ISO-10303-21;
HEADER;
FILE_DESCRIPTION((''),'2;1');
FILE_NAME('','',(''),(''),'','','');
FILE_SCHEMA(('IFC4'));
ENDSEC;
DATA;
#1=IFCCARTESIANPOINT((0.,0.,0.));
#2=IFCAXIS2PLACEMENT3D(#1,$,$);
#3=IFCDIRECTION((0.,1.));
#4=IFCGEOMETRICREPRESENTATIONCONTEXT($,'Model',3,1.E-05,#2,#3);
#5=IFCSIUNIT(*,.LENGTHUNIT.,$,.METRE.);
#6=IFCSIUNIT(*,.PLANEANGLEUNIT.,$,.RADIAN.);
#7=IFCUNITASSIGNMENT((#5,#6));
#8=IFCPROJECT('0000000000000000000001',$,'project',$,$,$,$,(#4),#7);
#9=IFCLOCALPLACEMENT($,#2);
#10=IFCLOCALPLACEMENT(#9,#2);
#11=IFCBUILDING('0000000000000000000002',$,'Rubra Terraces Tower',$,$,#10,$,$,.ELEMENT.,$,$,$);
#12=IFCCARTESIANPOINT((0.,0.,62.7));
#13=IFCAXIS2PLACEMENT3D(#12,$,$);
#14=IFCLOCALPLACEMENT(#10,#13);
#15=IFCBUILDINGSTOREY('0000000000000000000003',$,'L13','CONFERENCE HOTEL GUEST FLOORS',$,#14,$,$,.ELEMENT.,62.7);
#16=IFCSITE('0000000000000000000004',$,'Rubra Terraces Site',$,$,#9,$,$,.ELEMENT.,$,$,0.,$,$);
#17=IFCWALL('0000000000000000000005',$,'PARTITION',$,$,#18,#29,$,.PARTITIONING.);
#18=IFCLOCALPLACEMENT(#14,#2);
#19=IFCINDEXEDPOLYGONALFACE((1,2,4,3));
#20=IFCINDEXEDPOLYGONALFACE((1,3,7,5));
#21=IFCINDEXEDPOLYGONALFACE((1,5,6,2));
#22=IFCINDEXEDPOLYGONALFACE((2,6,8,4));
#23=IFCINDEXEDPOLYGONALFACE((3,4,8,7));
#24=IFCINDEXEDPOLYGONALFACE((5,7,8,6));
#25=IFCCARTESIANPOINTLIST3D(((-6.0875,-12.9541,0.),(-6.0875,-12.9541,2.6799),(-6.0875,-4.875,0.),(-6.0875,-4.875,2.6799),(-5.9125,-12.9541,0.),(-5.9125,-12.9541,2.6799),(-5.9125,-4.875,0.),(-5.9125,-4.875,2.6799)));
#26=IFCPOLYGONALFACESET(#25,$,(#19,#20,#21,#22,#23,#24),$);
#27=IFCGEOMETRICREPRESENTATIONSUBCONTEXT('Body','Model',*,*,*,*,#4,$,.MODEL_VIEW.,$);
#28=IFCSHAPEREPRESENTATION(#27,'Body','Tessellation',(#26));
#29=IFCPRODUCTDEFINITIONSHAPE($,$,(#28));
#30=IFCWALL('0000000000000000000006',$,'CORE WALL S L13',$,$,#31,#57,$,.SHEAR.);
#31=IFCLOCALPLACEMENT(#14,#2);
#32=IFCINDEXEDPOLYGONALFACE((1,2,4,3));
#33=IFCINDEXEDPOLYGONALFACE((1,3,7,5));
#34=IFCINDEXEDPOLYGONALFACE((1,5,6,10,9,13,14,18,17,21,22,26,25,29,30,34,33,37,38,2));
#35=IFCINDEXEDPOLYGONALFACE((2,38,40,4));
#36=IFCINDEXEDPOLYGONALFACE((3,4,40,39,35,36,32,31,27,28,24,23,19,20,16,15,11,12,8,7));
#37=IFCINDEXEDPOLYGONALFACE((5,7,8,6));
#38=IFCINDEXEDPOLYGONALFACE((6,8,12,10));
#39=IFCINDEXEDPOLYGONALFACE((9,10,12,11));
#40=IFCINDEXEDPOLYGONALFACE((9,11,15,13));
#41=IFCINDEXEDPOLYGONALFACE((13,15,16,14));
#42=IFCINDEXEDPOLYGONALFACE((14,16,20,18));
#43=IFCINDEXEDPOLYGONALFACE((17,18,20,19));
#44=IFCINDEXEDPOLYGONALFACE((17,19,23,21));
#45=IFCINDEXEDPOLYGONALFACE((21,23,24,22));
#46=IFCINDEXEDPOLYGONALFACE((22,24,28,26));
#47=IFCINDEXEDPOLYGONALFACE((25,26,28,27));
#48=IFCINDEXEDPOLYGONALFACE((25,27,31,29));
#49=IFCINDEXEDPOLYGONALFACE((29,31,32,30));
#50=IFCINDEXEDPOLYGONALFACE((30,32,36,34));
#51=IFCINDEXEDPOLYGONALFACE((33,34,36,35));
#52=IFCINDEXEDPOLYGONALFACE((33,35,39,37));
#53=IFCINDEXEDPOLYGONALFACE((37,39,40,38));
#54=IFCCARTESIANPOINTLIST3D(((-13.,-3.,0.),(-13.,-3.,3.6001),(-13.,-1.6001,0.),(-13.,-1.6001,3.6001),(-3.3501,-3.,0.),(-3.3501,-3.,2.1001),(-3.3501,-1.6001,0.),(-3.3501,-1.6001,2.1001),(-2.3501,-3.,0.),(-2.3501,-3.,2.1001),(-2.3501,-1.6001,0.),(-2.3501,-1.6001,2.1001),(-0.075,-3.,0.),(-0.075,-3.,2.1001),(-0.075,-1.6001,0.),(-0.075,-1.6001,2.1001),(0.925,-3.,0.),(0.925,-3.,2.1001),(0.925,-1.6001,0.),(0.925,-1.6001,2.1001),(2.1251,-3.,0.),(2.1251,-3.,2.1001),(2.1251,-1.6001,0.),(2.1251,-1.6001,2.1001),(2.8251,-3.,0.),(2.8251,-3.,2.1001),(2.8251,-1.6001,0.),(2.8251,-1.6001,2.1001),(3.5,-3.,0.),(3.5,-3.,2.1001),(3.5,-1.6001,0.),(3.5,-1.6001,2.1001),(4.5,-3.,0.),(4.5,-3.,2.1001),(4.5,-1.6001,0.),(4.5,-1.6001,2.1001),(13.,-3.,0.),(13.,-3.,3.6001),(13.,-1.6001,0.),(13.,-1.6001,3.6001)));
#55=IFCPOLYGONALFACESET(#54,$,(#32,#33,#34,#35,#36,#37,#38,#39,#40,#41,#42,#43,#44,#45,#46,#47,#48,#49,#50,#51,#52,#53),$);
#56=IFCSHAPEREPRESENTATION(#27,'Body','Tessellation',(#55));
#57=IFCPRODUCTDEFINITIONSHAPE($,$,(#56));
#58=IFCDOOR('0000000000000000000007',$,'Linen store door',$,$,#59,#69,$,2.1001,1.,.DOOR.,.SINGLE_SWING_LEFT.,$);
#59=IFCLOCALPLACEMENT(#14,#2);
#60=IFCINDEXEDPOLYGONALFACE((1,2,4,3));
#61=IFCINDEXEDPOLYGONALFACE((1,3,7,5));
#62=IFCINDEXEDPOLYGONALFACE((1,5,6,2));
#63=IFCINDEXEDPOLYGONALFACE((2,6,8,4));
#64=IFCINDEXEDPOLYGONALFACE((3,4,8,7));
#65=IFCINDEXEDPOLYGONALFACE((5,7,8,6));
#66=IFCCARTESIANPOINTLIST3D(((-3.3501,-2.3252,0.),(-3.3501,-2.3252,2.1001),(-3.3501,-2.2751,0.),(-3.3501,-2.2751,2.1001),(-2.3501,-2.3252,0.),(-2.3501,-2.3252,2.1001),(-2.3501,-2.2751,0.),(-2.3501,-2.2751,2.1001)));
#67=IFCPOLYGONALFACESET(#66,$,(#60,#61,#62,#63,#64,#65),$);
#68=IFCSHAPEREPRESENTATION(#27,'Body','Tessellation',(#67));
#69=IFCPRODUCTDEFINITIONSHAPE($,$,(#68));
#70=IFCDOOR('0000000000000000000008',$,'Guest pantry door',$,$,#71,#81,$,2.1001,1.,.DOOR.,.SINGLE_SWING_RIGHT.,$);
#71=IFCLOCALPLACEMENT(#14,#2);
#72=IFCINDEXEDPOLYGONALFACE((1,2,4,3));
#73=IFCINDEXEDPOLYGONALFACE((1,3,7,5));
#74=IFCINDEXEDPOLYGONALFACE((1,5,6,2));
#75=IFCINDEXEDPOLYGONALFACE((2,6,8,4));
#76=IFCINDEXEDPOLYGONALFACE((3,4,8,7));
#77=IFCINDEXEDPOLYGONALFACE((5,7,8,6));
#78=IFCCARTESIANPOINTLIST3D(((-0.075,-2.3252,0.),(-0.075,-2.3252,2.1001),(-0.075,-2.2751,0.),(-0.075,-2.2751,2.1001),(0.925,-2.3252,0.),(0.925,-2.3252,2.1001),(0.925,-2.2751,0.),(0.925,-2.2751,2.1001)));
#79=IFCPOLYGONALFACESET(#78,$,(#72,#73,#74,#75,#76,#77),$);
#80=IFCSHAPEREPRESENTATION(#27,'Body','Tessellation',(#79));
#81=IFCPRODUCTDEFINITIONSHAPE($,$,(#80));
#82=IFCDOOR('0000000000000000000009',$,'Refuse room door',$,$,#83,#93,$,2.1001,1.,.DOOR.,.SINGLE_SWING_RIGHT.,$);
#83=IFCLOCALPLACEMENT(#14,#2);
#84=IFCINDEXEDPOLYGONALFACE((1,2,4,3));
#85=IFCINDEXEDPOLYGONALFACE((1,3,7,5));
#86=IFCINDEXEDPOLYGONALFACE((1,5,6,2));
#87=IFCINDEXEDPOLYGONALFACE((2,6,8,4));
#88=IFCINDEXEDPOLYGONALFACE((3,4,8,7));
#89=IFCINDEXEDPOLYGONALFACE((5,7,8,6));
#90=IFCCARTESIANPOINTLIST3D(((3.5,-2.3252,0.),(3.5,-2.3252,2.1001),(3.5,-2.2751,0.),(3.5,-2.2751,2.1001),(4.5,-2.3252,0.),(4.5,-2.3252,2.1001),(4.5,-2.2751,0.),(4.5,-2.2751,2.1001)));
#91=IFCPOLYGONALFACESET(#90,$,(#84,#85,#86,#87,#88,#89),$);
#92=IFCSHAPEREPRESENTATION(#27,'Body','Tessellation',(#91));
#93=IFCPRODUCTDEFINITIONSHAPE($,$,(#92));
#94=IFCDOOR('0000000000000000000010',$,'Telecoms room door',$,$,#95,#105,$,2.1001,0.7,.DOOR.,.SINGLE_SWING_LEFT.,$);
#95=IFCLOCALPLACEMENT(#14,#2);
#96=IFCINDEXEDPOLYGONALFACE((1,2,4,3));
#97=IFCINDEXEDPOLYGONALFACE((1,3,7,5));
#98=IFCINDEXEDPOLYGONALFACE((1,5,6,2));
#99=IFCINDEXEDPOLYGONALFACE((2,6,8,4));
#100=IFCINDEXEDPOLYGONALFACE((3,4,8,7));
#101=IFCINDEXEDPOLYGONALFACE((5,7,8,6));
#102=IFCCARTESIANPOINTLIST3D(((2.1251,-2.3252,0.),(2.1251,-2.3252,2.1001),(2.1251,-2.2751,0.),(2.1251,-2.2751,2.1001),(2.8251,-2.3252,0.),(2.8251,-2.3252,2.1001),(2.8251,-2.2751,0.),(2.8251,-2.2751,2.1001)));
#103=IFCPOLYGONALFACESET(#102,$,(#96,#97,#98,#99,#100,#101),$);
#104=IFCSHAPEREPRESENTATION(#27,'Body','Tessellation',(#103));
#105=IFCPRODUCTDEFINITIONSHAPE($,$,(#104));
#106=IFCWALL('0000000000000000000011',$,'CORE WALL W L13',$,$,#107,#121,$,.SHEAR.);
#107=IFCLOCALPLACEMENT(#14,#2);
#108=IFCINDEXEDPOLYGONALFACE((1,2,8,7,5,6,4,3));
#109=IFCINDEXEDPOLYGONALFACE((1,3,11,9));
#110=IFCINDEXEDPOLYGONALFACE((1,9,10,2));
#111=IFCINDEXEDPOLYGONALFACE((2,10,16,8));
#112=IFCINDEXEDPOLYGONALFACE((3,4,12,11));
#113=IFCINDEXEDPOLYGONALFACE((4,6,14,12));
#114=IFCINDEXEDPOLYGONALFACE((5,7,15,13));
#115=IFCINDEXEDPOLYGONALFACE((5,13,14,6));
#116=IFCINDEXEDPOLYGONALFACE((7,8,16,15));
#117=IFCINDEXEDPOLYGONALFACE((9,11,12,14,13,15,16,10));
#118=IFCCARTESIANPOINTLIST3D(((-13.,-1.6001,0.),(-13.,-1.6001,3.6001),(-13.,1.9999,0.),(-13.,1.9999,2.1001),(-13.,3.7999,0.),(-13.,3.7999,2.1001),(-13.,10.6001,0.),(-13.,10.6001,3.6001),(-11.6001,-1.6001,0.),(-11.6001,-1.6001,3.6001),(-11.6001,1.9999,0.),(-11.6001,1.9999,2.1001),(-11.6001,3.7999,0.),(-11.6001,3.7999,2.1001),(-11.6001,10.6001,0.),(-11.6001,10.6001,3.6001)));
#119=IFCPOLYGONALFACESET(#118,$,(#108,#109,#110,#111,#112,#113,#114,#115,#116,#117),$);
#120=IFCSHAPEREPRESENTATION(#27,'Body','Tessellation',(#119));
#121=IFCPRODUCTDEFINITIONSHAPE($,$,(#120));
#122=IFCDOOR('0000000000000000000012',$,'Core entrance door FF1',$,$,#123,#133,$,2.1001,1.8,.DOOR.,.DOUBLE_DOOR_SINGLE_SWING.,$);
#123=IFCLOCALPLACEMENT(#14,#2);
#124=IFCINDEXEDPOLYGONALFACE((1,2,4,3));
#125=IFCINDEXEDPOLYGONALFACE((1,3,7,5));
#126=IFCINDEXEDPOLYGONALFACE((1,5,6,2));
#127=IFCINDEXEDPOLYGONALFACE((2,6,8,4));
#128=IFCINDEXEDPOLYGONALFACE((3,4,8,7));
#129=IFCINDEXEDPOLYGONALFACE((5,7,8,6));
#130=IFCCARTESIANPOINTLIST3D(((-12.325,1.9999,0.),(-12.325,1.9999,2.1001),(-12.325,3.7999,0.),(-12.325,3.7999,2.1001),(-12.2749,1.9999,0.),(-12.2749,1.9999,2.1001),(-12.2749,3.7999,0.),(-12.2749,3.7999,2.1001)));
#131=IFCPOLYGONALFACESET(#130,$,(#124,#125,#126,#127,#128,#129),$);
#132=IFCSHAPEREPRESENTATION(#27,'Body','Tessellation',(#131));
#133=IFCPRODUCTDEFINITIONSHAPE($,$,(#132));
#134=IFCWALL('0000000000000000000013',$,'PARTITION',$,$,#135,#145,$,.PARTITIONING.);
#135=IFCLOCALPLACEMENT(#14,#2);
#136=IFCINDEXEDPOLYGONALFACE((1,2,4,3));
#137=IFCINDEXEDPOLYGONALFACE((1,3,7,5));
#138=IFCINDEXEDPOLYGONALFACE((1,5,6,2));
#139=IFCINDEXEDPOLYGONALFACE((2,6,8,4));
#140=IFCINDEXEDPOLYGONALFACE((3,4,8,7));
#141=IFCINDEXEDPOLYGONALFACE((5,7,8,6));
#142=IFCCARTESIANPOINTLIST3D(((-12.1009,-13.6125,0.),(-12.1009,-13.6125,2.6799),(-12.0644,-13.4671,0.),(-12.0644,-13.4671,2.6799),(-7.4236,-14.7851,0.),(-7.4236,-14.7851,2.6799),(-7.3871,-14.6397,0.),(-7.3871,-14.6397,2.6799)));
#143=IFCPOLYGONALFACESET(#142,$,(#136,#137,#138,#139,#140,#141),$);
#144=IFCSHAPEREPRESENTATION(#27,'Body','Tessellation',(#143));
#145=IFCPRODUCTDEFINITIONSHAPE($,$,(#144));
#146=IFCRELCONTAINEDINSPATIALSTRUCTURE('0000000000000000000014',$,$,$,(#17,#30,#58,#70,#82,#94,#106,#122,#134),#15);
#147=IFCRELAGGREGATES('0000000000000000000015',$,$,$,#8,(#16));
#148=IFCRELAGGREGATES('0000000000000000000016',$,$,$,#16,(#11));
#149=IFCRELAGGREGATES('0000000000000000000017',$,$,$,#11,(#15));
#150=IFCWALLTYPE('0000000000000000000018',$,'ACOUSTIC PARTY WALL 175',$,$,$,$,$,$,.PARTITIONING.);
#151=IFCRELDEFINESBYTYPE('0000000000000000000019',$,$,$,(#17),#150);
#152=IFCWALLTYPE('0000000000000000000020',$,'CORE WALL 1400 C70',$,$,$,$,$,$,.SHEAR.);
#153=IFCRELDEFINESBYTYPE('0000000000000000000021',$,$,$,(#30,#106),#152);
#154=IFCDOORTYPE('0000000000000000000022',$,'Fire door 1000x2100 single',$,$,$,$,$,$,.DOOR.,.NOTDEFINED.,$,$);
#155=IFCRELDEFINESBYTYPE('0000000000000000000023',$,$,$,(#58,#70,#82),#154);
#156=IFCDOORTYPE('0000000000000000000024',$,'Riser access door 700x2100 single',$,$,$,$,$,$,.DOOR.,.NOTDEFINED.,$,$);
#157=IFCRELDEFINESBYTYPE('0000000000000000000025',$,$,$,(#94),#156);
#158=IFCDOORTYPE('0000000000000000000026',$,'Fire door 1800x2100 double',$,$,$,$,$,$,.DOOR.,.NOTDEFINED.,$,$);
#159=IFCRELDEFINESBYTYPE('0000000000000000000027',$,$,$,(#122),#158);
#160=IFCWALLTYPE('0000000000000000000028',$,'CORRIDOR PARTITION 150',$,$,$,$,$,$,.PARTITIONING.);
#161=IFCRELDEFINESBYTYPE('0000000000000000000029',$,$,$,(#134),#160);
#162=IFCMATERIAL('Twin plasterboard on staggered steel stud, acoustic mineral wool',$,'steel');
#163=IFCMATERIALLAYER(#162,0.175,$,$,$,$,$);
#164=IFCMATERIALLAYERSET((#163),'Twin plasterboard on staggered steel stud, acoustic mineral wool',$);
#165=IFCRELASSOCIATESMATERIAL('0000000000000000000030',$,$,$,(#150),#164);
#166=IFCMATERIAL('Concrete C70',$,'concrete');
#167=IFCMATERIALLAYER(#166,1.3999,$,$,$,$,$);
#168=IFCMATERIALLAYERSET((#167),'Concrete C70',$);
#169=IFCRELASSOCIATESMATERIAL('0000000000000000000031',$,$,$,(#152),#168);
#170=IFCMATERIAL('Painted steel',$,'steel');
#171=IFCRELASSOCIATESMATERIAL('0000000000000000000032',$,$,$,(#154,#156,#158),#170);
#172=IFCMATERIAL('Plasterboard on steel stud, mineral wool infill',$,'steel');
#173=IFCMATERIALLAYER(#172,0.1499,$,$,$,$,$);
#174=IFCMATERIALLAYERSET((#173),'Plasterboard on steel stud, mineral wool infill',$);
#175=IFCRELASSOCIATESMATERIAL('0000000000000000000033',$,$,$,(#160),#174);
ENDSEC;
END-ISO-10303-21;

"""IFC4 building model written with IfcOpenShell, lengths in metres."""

from ifc_helpers import new_model, si_unit, direction, frame, frame_2d, origin, place, context, subcontext, project, spatial, rectangle, extrude, material, layer, layer_set, type_object, element, fill, save


model = new_model("IFC4")

# Units and contexts
model_context = context("Model", 3, precision=1e-05, world=origin(), true_north=direction((0.0, 1.0)))
body_context = subcontext(model_context, "Body", "Model", "MODEL_VIEW")
ifc_project = project(units=[si_unit("LENGTHUNIT", "METRE"), si_unit("PLANEANGLEUNIT", "RADIAN")], contexts=[model_context])

# Site, building, storey
site_placement = place(None, origin())
site = spatial("IfcSite", under=ifc_project, at=site_placement, Name="Rubra Terraces Site", CompositionType="ELEMENT", RefElevation=0.0)
building_placement = place(site_placement, origin())
building = spatial("IfcBuilding", under=site, at=building_placement, Name="Rubra Terraces Tower", CompositionType="ELEMENT")
storey_placement = place(building_placement, frame((0.0, 0.0, 62.7)))
storey = spatial("IfcBuildingStorey", under=building, at=storey_placement, Name="L13", Description="CONFERENCE HOTEL GUEST FLOORS", CompositionType="ELEMENT", Elevation=62.7)

# Wall
ifc_material_1 = material(Name="Twin plasterboard on staggered steel stud, acoustic mineral wool", Category="steel")
ifc_layer_1 = layer(ifc_material_1, 0.175)
ifc_layer_set_1 = layer_set([ifc_layer_1], Name="Twin plasterboard on staggered steel stud, acoustic mineral wool")
wall_type_1 = type_object("IfcWallType", Name="ACOUSTIC PARTY WALL 175", PredefinedType="PARTITIONING", material=ifc_layer_set_1)
wall_1_placement = place(storey_placement, frame((-6.0, -12.9541, 0.0), z_axis=(0.0, 0.0, 1.0), x_axis=(0.0, 1.0, 0.0)))
element("IfcWall", 1, at=wall_1_placement, inside=storey, type_object=wall_type_1, Name="PARTITION", PredefinedType="PARTITIONING", context=body_context, shape_type="SweptSolid", body=[
    extrude(rectangle(XDim=8.0791, YDim=0.175, at=frame_2d((4.0396, 0.0))), origin(), (0.0, 0.0, 1.0), 2.6799),
])

# Wall, openings, doors
ifc_material_2 = material(Name="Concrete C70", Category="concrete")
ifc_layer_2 = layer(ifc_material_2, 1.3999)
ifc_layer_set_2 = layer_set([ifc_layer_2], Name="Concrete C70")
wall_type_2 = type_object("IfcWallType", Name="CORE WALL 1400 C70", PredefinedType="SHEAR", material=ifc_layer_set_2)
wall_2_placement = place(storey_placement, frame((-13.0, -2.3, 0.0), z_axis=(0.0, 0.0, 1.0), x_axis=(1.0, 0.0, 0.0)))
wall_2 = element("IfcWall", 2, at=wall_2_placement, inside=storey, type_object=wall_type_2, Name="CORE WALL S L13", PredefinedType="SHEAR", context=body_context, shape_type="SweptSolid", body=[
    extrude(rectangle(XDim=26.0, YDim=1.3999, at=frame_2d((13.0, 0.0))), origin(), (0.0, 0.0, 1.0), 3.6001),
])
opening_1_placement = place(wall_2_placement, frame((9.6499, 0.0, 0.0)))
opening_1 = element("IfcOpeningElement", 3, at=opening_1_placement, cuts=wall_2, PredefinedType="OPENING", context=body_context, shape_type="SweptSolid", body=[
    extrude(rectangle(XDim=1.0, YDim=2.1001, at=frame_2d((0.5, 1.05))), frame((0.0, 0.71, 0.0), z_axis=(0.0, -1.0, 0.0), x_axis=(1.0, 0.0, 0.0)), (0.0, 0.0, 1.0), 1.4199),
])
opening_2_placement = place(wall_2_placement, frame((12.925, 0.0, 0.0)))
opening_2 = element("IfcOpeningElement", 4, at=opening_2_placement, cuts=wall_2, PredefinedType="OPENING", context=body_context, shape_type="SweptSolid", body=[
    extrude(rectangle(XDim=1.0, YDim=2.1001, at=frame_2d((0.5, 1.05))), frame((0.0, 0.71, 0.0), z_axis=(0.0, -1.0, 0.0), x_axis=(1.0, 0.0, 0.0)), (0.0, 0.0, 1.0), 1.4199),
])
opening_3_placement = place(wall_2_placement, frame((15.125, 0.0, 0.0)))
opening_3 = element("IfcOpeningElement", 5, at=opening_3_placement, cuts=wall_2, PredefinedType="OPENING", context=body_context, shape_type="SweptSolid", body=[
    extrude(rectangle(XDim=0.7, YDim=2.1001, at=frame_2d((0.3501, 1.05))), frame((0.0, 0.71, 0.0), z_axis=(0.0, -1.0, 0.0), x_axis=(1.0, 0.0, 0.0)), (0.0, 0.0, 1.0), 1.4199),
])
opening_4_placement = place(wall_2_placement, frame((16.5, 0.0, 0.0)))
opening_4 = element("IfcOpeningElement", 6, at=opening_4_placement, cuts=wall_2, PredefinedType="OPENING", context=body_context, shape_type="SweptSolid", body=[
    extrude(rectangle(XDim=1.0, YDim=2.1001, at=frame_2d((0.5, 1.05))), frame((0.0, 0.71, 0.0), z_axis=(0.0, -1.0, 0.0), x_axis=(1.0, 0.0, 0.0)), (0.0, 0.0, 1.0), 1.4199),
])
ifc_material_3 = material(Name="Painted steel", Category="steel")
door_type_1 = type_object("IfcDoorType", Name="Fire door 1000x2100 single", OperationType="NOTDEFINED", PredefinedType="DOOR", material=ifc_material_3)
door_1_placement = place(opening_1_placement, origin())
door_1 = element("IfcDoor", 7, at=door_1_placement, inside=storey, type_object=door_type_1, Name="Linen store door", OperationType="SINGLE_SWING_LEFT", OverallHeight=2.1001, OverallWidth=1.0, PredefinedType="DOOR", context=body_context, shape_type="SweptSolid", body=[
    extrude(rectangle(XDim=1.0, YDim=2.1001, at=frame_2d((0.5, 1.05))), frame((0.0, 0.0249, 0.0), z_axis=(0.0, -1.0, 0.0), x_axis=(1.0, 0.0, 0.0)), (0.0, 0.0, 1.0), 0.05),
])
fill(opening_1, door_1)
door_2_placement = place(opening_2_placement, origin())
door_2 = element("IfcDoor", 8, at=door_2_placement, inside=storey, type_object=door_type_1, Name="Guest pantry door", OperationType="SINGLE_SWING_RIGHT", OverallHeight=2.1001, OverallWidth=1.0, PredefinedType="DOOR", context=body_context, shape_type="SweptSolid", body=[
    extrude(rectangle(XDim=1.0, YDim=2.1001, at=frame_2d((0.5, 1.05))), frame((0.0, 0.0249, 0.0), z_axis=(0.0, -1.0, 0.0), x_axis=(1.0, 0.0, 0.0)), (0.0, 0.0, 1.0), 0.05),
])
fill(opening_2, door_2)
door_3_placement = place(opening_4_placement, origin())
door_3 = element("IfcDoor", 9, at=door_3_placement, inside=storey, type_object=door_type_1, Name="Refuse room door", OperationType="SINGLE_SWING_RIGHT", OverallHeight=2.1001, OverallWidth=1.0, PredefinedType="DOOR", context=body_context, shape_type="SweptSolid", body=[
    extrude(rectangle(XDim=1.0, YDim=2.1001, at=frame_2d((0.5, 1.05))), frame((0.0, 0.0249, 0.0), z_axis=(0.0, -1.0, 0.0), x_axis=(1.0, 0.0, 0.0)), (0.0, 0.0, 1.0), 0.05),
])
fill(opening_4, door_3)
door_type_2 = type_object("IfcDoorType", Name="Riser access door 700x2100 single", OperationType="NOTDEFINED", PredefinedType="DOOR", material=ifc_material_3)
door_4_placement = place(opening_3_placement, origin())
door_4 = element("IfcDoor", 10, at=door_4_placement, inside=storey, type_object=door_type_2, Name="Telecoms room door", OperationType="SINGLE_SWING_LEFT", OverallHeight=2.1001, OverallWidth=0.7, PredefinedType="DOOR", context=body_context, shape_type="SweptSolid", body=[
    extrude(rectangle(XDim=0.7, YDim=2.1001, at=frame_2d((0.3501, 1.05))), frame((0.0, 0.0249, 0.0), z_axis=(0.0, -1.0, 0.0), x_axis=(1.0, 0.0, 0.0)), (0.0, 0.0, 1.0), 0.05),
])
fill(opening_3, door_4)

# Wall, opening, door
wall_3_placement = place(storey_placement, frame((-12.3, -1.6001, 0.0), z_axis=(0.0, 0.0, 1.0), x_axis=(0.0, 1.0, 0.0)))
wall_3 = element("IfcWall", 11, at=wall_3_placement, inside=storey, type_object=wall_type_2, Name="CORE WALL W L13", PredefinedType="SHEAR", context=body_context, shape_type="SweptSolid", body=[
    extrude(rectangle(XDim=12.2002, YDim=1.3999, at=frame_2d((6.1001, 0.0))), origin(), (0.0, 0.0, 1.0), 3.6001),
])
opening_5_placement = place(wall_3_placement, frame((3.6001, 0.0, 0.0)))
opening_5 = element("IfcOpeningElement", 12, at=opening_5_placement, cuts=wall_3, PredefinedType="OPENING", context=body_context, shape_type="SweptSolid", body=[
    extrude(rectangle(XDim=1.8, YDim=2.1001, at=frame_2d((0.8999, 1.05))), frame((0.0, 0.71, 0.0), z_axis=(0.0, -1.0, 0.0), x_axis=(1.0, 0.0, 0.0)), (0.0, 0.0, 1.0), 1.4199),
])
door_type_3 = type_object("IfcDoorType", Name="Fire door 1800x2100 double", OperationType="NOTDEFINED", PredefinedType="DOOR", material=ifc_material_3)
door_5_placement = place(opening_5_placement, origin())
door_5 = element("IfcDoor", 13, at=door_5_placement, inside=storey, type_object=door_type_3, Name="Core entrance door FF1", OperationType="DOUBLE_DOOR_SINGLE_SWING", OverallHeight=2.1001, OverallWidth=1.8, PredefinedType="DOOR", context=body_context, shape_type="SweptSolid", body=[
    extrude(rectangle(XDim=1.8, YDim=2.1001, at=frame_2d((0.8999, 1.05))), frame((0.0, 0.0249, 0.0), z_axis=(0.0, -1.0, 0.0), x_axis=(1.0, 0.0, 0.0)), (0.0, 0.0, 1.0), 0.05),
])
fill(opening_5, door_5)

# Wall
ifc_material_4 = material(Name="Plasterboard on steel stud, mineral wool infill", Category="steel")
ifc_layer_3 = layer(ifc_material_4, 0.1499)
ifc_layer_set_3 = layer_set([ifc_layer_3], Name="Plasterboard on steel stud, mineral wool infill")
wall_type_3 = type_object("IfcWallType", Name="CORRIDOR PARTITION 150", PredefinedType="PARTITIONING", material=ifc_layer_set_3)
wall_4_placement = place(storey_placement, frame((-12.0828, -13.5398, 0.0), z_axis=(0.0, 0.0, 1.0), x_axis=(0.969981, -0.243179, 0.0)))
element("IfcWall", 14, at=wall_4_placement, inside=storey, type_object=wall_type_3, Name="PARTITION", PredefinedType="PARTITIONING", context=body_context, shape_type="SweptSolid", body=[
    extrude(rectangle(XDim=4.822, YDim=0.1499, at=frame_2d((2.4111, 0.0))), origin(), (0.0, 0.0, 1.0), 2.6799),
])

save(model, "model.ifc")
